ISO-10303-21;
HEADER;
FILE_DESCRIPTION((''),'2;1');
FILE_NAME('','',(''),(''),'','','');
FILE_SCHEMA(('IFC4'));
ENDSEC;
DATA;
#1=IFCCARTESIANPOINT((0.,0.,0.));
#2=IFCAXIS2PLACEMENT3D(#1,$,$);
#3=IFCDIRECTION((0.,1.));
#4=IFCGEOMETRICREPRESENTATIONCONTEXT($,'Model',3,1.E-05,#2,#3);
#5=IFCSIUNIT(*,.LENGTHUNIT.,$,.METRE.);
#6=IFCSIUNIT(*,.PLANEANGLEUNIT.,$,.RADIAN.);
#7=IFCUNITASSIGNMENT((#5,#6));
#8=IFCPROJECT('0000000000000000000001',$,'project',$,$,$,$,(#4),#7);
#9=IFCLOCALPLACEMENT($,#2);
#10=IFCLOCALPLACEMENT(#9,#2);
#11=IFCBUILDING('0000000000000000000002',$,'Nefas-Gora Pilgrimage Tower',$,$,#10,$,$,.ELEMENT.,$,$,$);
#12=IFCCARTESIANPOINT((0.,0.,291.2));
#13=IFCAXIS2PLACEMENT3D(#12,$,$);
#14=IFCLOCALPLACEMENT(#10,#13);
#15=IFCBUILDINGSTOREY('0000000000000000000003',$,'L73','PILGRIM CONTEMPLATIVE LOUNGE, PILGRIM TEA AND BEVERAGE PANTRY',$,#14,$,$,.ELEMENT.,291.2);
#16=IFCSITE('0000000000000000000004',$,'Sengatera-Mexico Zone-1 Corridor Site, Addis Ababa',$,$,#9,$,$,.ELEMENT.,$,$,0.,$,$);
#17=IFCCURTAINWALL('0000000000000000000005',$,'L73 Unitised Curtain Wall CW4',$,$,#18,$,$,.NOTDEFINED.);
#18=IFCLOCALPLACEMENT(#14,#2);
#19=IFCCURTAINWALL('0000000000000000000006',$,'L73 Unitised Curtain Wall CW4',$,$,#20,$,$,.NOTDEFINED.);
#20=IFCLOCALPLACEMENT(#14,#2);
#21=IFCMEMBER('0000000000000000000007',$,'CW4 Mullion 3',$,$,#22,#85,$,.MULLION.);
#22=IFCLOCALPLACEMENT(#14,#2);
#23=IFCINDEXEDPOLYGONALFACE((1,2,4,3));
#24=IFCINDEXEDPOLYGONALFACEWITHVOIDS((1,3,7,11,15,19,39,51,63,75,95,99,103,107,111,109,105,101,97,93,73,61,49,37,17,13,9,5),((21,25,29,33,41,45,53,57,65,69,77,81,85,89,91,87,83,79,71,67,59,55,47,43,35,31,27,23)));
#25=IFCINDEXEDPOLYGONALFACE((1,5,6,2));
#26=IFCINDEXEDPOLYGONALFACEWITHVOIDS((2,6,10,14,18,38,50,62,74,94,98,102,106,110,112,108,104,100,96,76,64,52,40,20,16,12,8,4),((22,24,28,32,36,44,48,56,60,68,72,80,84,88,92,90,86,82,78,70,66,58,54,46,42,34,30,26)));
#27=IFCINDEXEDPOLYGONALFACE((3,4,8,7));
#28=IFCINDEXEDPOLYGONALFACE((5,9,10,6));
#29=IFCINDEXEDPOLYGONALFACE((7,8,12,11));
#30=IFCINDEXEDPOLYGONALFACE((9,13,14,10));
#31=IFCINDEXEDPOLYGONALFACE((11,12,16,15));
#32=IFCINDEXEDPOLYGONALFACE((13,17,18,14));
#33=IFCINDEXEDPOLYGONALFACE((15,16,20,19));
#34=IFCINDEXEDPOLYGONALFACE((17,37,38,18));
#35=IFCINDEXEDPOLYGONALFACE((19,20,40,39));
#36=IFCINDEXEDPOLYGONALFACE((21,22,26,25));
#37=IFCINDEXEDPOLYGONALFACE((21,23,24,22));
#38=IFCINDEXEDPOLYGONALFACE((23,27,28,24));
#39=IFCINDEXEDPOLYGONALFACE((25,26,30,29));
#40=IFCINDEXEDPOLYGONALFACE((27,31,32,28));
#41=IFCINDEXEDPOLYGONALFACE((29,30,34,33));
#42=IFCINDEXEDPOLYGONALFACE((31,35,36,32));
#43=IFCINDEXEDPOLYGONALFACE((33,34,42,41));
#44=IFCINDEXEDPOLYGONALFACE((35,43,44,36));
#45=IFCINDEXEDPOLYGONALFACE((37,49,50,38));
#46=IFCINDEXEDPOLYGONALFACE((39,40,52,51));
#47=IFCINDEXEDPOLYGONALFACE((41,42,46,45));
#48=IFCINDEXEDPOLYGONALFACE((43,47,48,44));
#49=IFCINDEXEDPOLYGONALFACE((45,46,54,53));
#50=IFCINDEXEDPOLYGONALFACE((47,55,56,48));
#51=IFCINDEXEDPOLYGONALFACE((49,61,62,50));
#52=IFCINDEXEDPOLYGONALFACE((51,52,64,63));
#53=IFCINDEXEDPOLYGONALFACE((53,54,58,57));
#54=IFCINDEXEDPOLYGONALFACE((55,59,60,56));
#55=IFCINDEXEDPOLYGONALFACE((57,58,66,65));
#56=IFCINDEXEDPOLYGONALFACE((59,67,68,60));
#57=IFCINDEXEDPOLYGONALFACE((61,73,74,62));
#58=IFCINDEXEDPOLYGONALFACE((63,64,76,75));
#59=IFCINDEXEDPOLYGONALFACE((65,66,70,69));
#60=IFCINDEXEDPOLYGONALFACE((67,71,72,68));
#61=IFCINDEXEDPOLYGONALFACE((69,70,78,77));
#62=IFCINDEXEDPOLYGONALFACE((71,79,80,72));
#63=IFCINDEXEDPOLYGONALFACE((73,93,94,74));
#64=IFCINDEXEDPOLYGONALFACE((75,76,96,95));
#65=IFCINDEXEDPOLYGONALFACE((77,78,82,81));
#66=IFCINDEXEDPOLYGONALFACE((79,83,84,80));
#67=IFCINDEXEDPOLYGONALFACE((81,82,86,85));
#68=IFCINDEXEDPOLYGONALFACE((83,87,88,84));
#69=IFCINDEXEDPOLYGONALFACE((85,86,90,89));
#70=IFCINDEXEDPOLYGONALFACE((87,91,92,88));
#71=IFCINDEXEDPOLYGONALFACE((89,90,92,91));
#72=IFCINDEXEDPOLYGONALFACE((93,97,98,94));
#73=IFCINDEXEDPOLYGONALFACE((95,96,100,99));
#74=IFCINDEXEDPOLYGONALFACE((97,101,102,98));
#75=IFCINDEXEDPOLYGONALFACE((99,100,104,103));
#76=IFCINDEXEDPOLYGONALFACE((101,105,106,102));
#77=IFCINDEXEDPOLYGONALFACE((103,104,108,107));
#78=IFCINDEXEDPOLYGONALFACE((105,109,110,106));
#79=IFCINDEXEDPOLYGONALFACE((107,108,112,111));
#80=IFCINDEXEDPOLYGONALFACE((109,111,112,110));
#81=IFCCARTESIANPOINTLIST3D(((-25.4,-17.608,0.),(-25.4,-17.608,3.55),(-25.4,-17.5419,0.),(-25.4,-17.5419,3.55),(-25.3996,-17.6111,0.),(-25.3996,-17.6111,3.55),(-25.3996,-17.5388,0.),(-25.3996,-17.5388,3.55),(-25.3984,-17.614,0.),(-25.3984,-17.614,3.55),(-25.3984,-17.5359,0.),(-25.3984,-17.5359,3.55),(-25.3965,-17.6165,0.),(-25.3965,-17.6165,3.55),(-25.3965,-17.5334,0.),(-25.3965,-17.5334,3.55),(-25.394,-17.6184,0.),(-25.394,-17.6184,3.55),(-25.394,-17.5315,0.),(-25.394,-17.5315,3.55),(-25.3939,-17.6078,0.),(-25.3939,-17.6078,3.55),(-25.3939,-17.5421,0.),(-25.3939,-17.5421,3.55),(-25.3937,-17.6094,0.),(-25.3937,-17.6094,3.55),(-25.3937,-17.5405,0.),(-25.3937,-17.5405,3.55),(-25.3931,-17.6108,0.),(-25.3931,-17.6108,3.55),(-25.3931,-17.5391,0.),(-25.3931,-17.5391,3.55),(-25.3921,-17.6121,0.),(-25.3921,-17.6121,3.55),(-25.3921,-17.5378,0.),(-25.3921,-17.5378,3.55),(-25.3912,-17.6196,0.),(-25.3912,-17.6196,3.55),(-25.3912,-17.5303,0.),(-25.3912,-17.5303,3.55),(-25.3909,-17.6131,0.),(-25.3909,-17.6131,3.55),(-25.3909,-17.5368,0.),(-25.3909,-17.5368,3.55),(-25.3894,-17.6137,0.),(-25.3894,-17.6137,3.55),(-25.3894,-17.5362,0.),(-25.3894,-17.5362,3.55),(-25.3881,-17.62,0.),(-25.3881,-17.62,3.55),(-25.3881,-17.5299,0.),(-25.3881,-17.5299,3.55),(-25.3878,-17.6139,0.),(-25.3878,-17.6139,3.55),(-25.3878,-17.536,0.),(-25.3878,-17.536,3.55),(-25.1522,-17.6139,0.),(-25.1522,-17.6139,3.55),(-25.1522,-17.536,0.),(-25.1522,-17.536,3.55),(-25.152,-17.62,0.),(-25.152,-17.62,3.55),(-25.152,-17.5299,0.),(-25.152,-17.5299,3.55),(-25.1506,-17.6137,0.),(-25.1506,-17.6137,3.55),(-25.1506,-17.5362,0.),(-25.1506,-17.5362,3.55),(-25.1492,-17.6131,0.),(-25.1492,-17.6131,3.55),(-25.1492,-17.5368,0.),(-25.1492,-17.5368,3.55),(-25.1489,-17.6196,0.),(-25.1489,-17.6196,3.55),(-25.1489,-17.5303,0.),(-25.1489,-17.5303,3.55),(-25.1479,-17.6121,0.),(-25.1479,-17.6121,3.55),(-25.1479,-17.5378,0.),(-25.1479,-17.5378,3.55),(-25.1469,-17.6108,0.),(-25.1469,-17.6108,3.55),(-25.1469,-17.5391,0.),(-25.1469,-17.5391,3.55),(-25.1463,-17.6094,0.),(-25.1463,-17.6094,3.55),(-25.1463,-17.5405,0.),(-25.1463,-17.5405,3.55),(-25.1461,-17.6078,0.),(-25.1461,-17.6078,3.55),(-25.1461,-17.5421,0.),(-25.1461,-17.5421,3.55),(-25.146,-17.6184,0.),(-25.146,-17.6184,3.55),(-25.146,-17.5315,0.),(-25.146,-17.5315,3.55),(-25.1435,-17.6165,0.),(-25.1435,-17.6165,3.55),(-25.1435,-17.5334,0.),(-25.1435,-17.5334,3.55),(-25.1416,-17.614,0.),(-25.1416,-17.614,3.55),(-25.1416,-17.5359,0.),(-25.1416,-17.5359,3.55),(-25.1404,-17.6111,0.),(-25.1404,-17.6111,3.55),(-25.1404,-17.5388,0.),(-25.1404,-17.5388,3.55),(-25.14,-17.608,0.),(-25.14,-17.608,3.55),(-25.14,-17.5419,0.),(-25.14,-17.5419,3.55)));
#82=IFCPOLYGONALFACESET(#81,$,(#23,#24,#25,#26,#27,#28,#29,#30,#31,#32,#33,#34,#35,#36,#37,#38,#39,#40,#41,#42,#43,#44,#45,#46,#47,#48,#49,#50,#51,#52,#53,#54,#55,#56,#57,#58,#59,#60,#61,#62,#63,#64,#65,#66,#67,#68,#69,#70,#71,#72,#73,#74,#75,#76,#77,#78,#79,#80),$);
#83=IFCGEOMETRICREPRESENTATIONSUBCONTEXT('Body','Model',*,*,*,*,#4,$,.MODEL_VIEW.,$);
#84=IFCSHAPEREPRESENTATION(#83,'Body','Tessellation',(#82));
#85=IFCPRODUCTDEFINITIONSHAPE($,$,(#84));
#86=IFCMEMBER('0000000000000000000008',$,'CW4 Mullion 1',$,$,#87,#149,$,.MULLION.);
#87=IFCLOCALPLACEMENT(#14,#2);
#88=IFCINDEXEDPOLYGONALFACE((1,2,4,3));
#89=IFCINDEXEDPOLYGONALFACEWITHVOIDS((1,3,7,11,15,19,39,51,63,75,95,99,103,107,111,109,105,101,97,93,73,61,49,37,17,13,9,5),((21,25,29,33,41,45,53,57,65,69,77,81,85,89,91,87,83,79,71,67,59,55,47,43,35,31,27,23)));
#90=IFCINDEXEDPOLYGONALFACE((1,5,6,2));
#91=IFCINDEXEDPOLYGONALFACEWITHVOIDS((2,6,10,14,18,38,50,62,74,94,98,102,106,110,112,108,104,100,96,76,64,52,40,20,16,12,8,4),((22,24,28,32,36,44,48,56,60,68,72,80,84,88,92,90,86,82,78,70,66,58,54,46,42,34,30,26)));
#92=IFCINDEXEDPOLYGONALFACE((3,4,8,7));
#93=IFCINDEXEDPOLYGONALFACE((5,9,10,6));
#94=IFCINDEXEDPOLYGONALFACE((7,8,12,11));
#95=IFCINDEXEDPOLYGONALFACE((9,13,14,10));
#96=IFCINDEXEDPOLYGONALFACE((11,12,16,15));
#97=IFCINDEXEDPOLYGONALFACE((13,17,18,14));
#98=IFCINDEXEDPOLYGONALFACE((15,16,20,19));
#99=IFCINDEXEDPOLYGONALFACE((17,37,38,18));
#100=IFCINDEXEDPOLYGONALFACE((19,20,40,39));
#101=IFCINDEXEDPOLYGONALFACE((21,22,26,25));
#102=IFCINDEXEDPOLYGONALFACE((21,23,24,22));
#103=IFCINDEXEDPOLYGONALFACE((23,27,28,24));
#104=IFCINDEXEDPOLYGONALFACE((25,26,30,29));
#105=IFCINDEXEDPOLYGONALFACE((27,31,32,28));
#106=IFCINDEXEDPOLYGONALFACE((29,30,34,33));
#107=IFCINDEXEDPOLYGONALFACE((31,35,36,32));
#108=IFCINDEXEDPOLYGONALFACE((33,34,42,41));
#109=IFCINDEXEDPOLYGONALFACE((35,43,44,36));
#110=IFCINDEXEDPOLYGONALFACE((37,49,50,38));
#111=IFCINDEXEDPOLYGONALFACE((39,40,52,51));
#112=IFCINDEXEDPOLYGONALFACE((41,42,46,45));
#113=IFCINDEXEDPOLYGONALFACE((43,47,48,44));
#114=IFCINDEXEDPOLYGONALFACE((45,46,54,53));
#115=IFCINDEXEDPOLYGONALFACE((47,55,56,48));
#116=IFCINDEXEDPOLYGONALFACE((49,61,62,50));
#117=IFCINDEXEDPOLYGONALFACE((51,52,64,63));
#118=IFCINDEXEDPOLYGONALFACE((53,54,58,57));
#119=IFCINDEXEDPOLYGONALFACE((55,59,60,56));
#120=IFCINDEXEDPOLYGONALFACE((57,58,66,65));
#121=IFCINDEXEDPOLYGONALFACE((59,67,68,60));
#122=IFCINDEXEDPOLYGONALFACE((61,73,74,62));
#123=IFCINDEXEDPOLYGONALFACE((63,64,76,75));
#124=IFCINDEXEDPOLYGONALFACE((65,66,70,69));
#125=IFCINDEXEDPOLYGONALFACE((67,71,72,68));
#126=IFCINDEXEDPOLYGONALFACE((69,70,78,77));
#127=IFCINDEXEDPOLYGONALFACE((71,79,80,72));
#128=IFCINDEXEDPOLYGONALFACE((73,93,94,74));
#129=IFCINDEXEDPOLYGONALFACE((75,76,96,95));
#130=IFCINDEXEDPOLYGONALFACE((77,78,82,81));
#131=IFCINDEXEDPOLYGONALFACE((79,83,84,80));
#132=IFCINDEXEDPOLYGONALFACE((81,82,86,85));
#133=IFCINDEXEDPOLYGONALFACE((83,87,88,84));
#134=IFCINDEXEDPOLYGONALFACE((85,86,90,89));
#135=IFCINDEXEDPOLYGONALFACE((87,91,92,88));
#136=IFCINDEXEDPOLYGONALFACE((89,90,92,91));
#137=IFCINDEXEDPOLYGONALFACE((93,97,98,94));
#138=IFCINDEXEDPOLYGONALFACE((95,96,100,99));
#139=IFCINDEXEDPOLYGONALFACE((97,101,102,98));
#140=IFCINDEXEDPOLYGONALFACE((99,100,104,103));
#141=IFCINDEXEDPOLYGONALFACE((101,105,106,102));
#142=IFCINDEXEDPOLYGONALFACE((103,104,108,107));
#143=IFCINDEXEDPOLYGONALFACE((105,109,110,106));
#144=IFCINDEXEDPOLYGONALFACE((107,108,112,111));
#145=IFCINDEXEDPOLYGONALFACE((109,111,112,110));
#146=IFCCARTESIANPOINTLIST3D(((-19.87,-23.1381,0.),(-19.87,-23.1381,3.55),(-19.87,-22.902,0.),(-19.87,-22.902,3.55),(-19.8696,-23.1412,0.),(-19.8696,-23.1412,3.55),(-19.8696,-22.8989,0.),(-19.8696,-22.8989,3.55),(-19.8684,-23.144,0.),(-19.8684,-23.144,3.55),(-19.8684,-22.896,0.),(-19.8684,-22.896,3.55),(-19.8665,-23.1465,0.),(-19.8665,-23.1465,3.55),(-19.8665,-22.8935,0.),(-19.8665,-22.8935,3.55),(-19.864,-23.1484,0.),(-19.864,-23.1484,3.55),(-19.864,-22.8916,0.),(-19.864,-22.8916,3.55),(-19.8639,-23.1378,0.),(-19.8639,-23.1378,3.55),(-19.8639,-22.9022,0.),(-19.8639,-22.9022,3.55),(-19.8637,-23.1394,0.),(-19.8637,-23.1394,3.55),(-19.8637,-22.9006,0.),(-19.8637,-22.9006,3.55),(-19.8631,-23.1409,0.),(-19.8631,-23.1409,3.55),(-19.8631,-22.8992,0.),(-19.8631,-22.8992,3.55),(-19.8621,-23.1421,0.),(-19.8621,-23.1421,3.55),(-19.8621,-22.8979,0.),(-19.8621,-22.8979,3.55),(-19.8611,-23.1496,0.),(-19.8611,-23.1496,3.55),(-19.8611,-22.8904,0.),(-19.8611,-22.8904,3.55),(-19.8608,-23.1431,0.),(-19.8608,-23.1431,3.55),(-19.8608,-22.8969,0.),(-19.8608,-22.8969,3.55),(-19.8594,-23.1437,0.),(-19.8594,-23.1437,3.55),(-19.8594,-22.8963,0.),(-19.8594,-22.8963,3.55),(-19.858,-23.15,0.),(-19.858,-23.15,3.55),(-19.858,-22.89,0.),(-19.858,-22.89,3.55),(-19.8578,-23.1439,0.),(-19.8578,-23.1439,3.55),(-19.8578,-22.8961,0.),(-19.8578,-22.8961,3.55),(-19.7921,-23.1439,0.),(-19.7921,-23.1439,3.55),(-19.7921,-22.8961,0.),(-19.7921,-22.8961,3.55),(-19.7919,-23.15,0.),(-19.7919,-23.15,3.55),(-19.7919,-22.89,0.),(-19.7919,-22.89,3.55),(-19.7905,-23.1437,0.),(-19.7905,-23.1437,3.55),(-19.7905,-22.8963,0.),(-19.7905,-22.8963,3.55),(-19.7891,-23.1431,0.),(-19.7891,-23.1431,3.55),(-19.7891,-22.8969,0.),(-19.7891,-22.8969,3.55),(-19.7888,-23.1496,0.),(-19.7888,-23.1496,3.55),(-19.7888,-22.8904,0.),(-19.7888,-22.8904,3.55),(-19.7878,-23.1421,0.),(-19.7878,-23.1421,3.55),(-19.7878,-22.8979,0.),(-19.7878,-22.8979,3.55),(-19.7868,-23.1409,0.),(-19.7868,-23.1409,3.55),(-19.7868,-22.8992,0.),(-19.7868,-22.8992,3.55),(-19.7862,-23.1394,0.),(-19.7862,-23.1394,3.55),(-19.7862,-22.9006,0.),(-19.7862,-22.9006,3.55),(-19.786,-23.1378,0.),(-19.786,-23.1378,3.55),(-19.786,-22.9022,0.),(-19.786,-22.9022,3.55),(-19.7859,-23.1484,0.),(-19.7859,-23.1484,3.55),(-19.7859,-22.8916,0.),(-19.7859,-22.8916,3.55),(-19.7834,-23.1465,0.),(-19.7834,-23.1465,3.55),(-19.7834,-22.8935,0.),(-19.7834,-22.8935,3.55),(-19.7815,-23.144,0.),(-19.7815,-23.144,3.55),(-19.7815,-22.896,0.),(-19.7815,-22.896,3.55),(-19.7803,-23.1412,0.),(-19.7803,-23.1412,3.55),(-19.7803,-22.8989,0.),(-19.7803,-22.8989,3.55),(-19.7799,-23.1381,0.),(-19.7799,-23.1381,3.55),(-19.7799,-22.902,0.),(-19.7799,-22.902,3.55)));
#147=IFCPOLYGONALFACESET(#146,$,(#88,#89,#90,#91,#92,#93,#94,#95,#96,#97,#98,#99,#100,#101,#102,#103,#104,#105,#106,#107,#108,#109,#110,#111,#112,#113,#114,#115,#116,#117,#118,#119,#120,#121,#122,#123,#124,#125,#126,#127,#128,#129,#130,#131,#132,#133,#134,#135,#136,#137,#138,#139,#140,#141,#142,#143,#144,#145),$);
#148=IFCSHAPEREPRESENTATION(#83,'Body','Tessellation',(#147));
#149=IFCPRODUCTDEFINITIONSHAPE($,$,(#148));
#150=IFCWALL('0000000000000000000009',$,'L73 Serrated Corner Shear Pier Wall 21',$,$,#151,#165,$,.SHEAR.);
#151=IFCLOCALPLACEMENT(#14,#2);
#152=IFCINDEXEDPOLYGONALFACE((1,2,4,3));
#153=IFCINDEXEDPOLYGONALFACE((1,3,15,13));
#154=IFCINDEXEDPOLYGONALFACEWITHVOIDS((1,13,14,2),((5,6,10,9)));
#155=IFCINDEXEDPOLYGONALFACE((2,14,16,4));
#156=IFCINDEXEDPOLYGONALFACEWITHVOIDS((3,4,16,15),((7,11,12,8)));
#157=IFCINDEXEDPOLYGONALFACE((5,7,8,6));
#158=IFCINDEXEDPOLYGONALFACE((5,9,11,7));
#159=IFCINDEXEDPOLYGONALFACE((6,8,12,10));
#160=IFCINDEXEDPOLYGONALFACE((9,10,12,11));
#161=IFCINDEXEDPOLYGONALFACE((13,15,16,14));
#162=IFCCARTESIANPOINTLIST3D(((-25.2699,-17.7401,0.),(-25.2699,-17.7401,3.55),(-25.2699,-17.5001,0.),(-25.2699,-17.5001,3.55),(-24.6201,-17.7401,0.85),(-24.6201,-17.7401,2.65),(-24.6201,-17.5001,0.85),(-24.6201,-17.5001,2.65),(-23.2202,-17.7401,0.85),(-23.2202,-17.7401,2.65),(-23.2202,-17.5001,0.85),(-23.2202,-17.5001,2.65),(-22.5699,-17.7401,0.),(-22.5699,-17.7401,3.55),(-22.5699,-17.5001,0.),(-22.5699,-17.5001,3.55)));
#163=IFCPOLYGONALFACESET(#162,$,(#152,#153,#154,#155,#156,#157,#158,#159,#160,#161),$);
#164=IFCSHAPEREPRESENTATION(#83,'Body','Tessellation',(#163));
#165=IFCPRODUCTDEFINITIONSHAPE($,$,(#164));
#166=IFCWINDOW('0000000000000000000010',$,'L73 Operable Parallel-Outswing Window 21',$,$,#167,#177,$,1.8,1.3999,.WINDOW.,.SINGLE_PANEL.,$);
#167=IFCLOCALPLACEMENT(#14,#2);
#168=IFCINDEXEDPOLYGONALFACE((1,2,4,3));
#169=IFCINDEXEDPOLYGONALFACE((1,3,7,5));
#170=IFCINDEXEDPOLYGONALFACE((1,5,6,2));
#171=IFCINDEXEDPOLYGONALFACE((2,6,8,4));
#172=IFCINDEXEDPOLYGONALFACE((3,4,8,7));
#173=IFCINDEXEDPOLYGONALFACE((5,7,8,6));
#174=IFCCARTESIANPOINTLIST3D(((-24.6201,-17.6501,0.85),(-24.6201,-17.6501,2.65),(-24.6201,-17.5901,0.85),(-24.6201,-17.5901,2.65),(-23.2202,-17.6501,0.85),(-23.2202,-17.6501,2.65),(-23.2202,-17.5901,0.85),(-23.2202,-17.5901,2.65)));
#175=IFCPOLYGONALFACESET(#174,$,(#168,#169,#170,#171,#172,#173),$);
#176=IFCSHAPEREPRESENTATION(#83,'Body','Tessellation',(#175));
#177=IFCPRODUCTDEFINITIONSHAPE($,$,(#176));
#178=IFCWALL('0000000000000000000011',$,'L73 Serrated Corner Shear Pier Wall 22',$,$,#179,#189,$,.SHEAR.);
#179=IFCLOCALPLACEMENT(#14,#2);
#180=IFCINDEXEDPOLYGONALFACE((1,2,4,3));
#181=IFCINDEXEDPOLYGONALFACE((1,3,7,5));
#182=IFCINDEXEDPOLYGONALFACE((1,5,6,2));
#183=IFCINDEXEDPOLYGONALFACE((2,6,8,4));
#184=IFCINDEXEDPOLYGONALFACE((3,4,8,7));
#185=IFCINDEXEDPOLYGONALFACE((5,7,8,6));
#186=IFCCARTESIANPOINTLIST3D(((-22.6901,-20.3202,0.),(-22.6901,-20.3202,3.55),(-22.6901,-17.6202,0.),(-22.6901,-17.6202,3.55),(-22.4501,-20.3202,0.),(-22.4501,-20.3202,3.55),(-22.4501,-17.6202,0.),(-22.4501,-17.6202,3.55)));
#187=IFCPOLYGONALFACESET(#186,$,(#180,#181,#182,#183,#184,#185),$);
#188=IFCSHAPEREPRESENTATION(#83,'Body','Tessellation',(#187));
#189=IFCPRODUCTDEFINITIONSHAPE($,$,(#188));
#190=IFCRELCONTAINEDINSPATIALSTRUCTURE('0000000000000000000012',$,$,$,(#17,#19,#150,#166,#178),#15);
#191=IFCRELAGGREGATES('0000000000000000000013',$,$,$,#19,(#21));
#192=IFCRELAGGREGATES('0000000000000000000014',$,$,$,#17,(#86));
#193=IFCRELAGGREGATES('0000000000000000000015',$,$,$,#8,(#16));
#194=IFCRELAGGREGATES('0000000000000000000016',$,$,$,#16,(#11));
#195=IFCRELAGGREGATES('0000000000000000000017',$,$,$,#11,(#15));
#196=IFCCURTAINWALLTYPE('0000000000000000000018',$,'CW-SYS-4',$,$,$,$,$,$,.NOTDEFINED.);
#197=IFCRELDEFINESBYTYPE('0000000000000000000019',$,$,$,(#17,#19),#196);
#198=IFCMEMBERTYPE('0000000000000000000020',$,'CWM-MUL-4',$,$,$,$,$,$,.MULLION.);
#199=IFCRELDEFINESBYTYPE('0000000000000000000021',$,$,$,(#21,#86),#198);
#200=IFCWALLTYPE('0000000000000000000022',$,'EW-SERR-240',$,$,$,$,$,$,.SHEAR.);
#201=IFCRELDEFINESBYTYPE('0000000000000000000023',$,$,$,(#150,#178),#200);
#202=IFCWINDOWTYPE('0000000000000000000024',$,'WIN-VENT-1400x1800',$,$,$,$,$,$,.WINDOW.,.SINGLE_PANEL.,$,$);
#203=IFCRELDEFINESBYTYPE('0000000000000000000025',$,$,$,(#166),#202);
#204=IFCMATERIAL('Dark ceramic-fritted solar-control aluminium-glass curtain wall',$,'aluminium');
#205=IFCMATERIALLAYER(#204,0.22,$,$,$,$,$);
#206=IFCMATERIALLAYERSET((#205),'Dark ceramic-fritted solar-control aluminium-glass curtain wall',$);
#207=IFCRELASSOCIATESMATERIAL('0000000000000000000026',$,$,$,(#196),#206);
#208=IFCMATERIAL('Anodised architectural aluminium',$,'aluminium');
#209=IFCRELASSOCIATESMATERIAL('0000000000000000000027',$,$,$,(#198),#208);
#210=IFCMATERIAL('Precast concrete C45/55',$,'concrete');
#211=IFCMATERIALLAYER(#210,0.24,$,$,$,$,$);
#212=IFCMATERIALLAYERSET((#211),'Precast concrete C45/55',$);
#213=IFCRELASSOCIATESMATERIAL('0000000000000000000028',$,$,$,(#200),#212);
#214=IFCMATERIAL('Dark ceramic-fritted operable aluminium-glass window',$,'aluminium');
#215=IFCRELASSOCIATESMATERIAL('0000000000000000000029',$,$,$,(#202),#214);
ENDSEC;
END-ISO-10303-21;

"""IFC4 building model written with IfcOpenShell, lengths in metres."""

from ifc_helpers import new_model, si_unit, direction, frame, frame_2d, origin, origin_2d, place, context, subcontext, project, spatial, rectangle, hollow_rectangle, extrude, source, transform, mapped, material, layer, layer_set, material_profile, profile_set, type_object, element, fill, aggregate, save


model = new_model("IFC4")

# Units and contexts
model_context = context("Model", 3, precision=1e-05, world=origin(), true_north=direction((0.0, 1.0)))
body_context = subcontext(model_context, "Body", "Model", "MODEL_VIEW")
ifc_project = project(units=[si_unit("LENGTHUNIT", "METRE"), si_unit("PLANEANGLEUNIT", "RADIAN")], contexts=[model_context])

# Site, building, storey
site_placement = place(None, origin())
site = spatial("IfcSite", under=ifc_project, at=site_placement, Name="Sengatera-Mexico Zone-1 Corridor Site, Addis Ababa", CompositionType="ELEMENT", RefElevation=0.0)
building_placement = place(site_placement, origin())
building = spatial("IfcBuilding", under=site, at=building_placement, Name="Nefas-Gora Pilgrimage Tower", CompositionType="ELEMENT")
storey_placement = place(building_placement, frame((0.0, 0.0, 291.2)))
storey = spatial("IfcBuildingStorey", under=building, at=storey_placement, Name="L73", Description="PILGRIM CONTEMPLATIVE LOUNGE, PILGRIM TEA AND BEVERAGE PANTRY", CompositionType="ELEMENT", Elevation=291.2)

# Curtain walls, member
ifc_material_1 = material(Name="Dark ceramic-fritted solar-control aluminium-glass curtain wall", Category="aluminium")
ifc_layer_1 = layer(ifc_material_1, 0.22)
ifc_layer_set_1 = layer_set([ifc_layer_1], Name="Dark ceramic-fritted solar-control aluminium-glass curtain wall")
curtain_wall_type = type_object("IfcCurtainWallType", Name="CW-SYS-4", PredefinedType="NOTDEFINED", material=ifc_layer_set_1)
curtain_wall_1_placement = place(storey_placement, origin())
curtain_wall_1 = element("IfcCurtainWall", 1, at=curtain_wall_1_placement, inside=storey, type_object=curtain_wall_type, Name="L73 Unitised Curtain Wall CW4", PredefinedType="NOTDEFINED")
ifc_material_2 = material(Name="Anodised architectural aluminium", Category="aluminium")
curtain_wall_2_placement = place(storey_placement, origin())
curtain_wall_2 = element("IfcCurtainWall", 2, at=curtain_wall_2_placement, inside=storey, type_object=curtain_wall_type, Name="L73 Unitised Curtain Wall CW4", PredefinedType="NOTDEFINED")
ifc_material_profile_1 = material_profile(ifc_material_2, hollow_rectangle(XDim=0.0901, YDim=0.26, WallThickness=0.0061, InnerFilletRadius=0.0061, OuterFilletRadius=0.012, at=origin_2d()), Name="ALU MULLION 90x260")
ifc_profile_set_1 = profile_set([ifc_material_profile_1], Name="Anodised architectural aluminium")
member_type_1 = type_object("IfcMemberType", Name="CWM-MUL-4", PredefinedType="MULLION", material=ifc_profile_set_1)
shared_shape_1 = source(origin(), body_context, "Body", "SweptSolid", [
    extrude(hollow_rectangle(XDim=0.0901, YDim=0.26, WallThickness=0.0061, InnerFilletRadius=0.0061, OuterFilletRadius=0.012, at=origin_2d()), origin(), (0.0, 0.0, 1.0), 3.55),
])
member_1_placement = place(storey_placement, frame((-25.27, -17.575, 0.0), z_axis=(0.0, 0.0, 1.0), x_axis=(0.0, -1.0, 0.0)))
member_1 = element("IfcMember", 3, at=member_1_placement, type_object=member_type_1, Name="CW4 Mullion 3", PredefinedType="MULLION", context=body_context, shape_type="MappedRepresentation", body=[
    mapped(shared_shape_1, transform((0.0, 0.0, 0.0), x_axis=(1.0, 0.0, 0.0), y_axis=(0.0, 1.0, 0.0), z_axis=(0.0, 0.0, 1.0), scale=1.0)),
])
aggregate(curtain_wall_2, [member_1])

# Member
member_2_placement = place(storey_placement, frame((-19.825, -23.02, 0.0), z_axis=(0.0, 0.0, 1.0), x_axis=(1.0, 0.0, 0.0)))
member_2 = element("IfcMember", 4, at=member_2_placement, type_object=member_type_1, Name="CW4 Mullion 1", PredefinedType="MULLION", context=body_context, shape_type="MappedRepresentation", body=[
    mapped(shared_shape_1, transform((0.0, 0.0, 0.0), x_axis=(1.0, 0.0, 0.0), y_axis=(0.0, 1.0, 0.0), z_axis=(0.0, 0.0, 1.0), scale=1.0)),
])
aggregate(curtain_wall_1, [member_2])

# Wall, opening, window
ifc_material_3 = material(Name="Precast concrete C45/55", Category="concrete")
ifc_layer_2 = layer(ifc_material_3, 0.24)
ifc_layer_set_2 = layer_set([ifc_layer_2], Name="Precast concrete C45/55")
wall_type_1 = type_object("IfcWallType", Name="EW-SERR-240", PredefinedType="SHEAR", material=ifc_layer_set_2)
shared_shape_2 = source(origin(), body_context, "Body", "SweptSolid", [
    extrude(rectangle(XDim=2.7, YDim=0.24, at=frame_2d((1.3501, 0.0))), origin(), (0.0, 0.0, 1.0), 3.55),
])
wall_1_placement = place(storey_placement, frame((-25.27, -17.6201, 0.0), z_axis=(0.0, 0.0, 1.0), x_axis=(1.0, 0.0, 0.0)))
wall_1 = element("IfcWall", 5, at=wall_1_placement, inside=storey, type_object=wall_type_1, Name="L73 Serrated Corner Shear Pier Wall 21", PredefinedType="SHEAR", context=body_context, shape_type="MappedRepresentation", body=[
    mapped(shared_shape_2, transform((0.0, 0.0, 0.0), x_axis=(1.0, 0.0, 0.0), y_axis=(0.0, 1.0, 0.0), z_axis=(0.0, 0.0, 1.0), scale=1.0)),
])
opening_1_placement = place(wall_1_placement, frame((0.6499, 0.0, 0.8501)))
opening_1 = element("IfcOpeningElement", 6, at=opening_1_placement, cuts=wall_1, PredefinedType="OPENING", context=body_context, shape_type="SweptSolid", body=[
    extrude(rectangle(XDim=1.3999, YDim=1.8, at=frame_2d((0.7, 0.8999))), frame((0.0, 0.1299, 0.0), z_axis=(0.0, -1.0, 0.0), x_axis=(1.0, 0.0, 0.0)), (0.0, 0.0, 1.0), 0.26),
])
ifc_material_4 = material(Name="Dark ceramic-fritted operable aluminium-glass window", Category="aluminium")
window_type = type_object("IfcWindowType", Name="WIN-VENT-1400x1800", PartitioningType="SINGLE_PANEL", PredefinedType="WINDOW", material=ifc_material_4)
shared_shape_3 = source(origin(), body_context, "Body", "SweptSolid", [
    extrude(rectangle(XDim=1.3999, YDim=1.8, at=frame_2d((0.7, 0.8999))), frame((0.0, 0.03, 0.0), z_axis=(0.0, -1.0, 0.0), x_axis=(1.0, 0.0, 0.0)), (0.0, 0.0, 1.0), 0.0601),
])
window_placement = place(opening_1_placement, origin())
window = element("IfcWindow", 7, at=window_placement, inside=storey, type_object=window_type, Name="L73 Operable Parallel-Outswing Window 21", OverallHeight=1.8, OverallWidth=1.3999, PartitioningType="SINGLE_PANEL", PredefinedType="WINDOW", context=body_context, shape_type="MappedRepresentation", body=[
    mapped(shared_shape_3, transform((0.0, 0.0, 0.0), x_axis=(1.0, 0.0, 0.0), y_axis=(0.0, 1.0, 0.0), z_axis=(0.0, 0.0, 1.0), scale=1.0)),
])
fill(opening_1, window)

# Wall
for number, where, z_axis, x_axis, name in (
    (8, (-22.5701, -17.6201, 0.0), (0.0, 0.0, 1.0), (0.0, -1.0, 0.0), "L73 Serrated Corner Shear Pier Wall 22"),
):
    element("IfcWall", number, at=place(storey_placement, frame(where, z_axis=z_axis, x_axis=x_axis)), inside=storey, type_object=wall_type_1, Name=name, PredefinedType="SHEAR", context=body_context, shape_type="MappedRepresentation", body=[
        mapped(shared_shape_2, transform((0.0, 0.0, 0.0), x_axis=(1.0, 0.0, 0.0), y_axis=(0.0, 1.0, 0.0), z_axis=(0.0, 0.0, 1.0), scale=1.0)),
    ])

save(model, "model.ifc")
